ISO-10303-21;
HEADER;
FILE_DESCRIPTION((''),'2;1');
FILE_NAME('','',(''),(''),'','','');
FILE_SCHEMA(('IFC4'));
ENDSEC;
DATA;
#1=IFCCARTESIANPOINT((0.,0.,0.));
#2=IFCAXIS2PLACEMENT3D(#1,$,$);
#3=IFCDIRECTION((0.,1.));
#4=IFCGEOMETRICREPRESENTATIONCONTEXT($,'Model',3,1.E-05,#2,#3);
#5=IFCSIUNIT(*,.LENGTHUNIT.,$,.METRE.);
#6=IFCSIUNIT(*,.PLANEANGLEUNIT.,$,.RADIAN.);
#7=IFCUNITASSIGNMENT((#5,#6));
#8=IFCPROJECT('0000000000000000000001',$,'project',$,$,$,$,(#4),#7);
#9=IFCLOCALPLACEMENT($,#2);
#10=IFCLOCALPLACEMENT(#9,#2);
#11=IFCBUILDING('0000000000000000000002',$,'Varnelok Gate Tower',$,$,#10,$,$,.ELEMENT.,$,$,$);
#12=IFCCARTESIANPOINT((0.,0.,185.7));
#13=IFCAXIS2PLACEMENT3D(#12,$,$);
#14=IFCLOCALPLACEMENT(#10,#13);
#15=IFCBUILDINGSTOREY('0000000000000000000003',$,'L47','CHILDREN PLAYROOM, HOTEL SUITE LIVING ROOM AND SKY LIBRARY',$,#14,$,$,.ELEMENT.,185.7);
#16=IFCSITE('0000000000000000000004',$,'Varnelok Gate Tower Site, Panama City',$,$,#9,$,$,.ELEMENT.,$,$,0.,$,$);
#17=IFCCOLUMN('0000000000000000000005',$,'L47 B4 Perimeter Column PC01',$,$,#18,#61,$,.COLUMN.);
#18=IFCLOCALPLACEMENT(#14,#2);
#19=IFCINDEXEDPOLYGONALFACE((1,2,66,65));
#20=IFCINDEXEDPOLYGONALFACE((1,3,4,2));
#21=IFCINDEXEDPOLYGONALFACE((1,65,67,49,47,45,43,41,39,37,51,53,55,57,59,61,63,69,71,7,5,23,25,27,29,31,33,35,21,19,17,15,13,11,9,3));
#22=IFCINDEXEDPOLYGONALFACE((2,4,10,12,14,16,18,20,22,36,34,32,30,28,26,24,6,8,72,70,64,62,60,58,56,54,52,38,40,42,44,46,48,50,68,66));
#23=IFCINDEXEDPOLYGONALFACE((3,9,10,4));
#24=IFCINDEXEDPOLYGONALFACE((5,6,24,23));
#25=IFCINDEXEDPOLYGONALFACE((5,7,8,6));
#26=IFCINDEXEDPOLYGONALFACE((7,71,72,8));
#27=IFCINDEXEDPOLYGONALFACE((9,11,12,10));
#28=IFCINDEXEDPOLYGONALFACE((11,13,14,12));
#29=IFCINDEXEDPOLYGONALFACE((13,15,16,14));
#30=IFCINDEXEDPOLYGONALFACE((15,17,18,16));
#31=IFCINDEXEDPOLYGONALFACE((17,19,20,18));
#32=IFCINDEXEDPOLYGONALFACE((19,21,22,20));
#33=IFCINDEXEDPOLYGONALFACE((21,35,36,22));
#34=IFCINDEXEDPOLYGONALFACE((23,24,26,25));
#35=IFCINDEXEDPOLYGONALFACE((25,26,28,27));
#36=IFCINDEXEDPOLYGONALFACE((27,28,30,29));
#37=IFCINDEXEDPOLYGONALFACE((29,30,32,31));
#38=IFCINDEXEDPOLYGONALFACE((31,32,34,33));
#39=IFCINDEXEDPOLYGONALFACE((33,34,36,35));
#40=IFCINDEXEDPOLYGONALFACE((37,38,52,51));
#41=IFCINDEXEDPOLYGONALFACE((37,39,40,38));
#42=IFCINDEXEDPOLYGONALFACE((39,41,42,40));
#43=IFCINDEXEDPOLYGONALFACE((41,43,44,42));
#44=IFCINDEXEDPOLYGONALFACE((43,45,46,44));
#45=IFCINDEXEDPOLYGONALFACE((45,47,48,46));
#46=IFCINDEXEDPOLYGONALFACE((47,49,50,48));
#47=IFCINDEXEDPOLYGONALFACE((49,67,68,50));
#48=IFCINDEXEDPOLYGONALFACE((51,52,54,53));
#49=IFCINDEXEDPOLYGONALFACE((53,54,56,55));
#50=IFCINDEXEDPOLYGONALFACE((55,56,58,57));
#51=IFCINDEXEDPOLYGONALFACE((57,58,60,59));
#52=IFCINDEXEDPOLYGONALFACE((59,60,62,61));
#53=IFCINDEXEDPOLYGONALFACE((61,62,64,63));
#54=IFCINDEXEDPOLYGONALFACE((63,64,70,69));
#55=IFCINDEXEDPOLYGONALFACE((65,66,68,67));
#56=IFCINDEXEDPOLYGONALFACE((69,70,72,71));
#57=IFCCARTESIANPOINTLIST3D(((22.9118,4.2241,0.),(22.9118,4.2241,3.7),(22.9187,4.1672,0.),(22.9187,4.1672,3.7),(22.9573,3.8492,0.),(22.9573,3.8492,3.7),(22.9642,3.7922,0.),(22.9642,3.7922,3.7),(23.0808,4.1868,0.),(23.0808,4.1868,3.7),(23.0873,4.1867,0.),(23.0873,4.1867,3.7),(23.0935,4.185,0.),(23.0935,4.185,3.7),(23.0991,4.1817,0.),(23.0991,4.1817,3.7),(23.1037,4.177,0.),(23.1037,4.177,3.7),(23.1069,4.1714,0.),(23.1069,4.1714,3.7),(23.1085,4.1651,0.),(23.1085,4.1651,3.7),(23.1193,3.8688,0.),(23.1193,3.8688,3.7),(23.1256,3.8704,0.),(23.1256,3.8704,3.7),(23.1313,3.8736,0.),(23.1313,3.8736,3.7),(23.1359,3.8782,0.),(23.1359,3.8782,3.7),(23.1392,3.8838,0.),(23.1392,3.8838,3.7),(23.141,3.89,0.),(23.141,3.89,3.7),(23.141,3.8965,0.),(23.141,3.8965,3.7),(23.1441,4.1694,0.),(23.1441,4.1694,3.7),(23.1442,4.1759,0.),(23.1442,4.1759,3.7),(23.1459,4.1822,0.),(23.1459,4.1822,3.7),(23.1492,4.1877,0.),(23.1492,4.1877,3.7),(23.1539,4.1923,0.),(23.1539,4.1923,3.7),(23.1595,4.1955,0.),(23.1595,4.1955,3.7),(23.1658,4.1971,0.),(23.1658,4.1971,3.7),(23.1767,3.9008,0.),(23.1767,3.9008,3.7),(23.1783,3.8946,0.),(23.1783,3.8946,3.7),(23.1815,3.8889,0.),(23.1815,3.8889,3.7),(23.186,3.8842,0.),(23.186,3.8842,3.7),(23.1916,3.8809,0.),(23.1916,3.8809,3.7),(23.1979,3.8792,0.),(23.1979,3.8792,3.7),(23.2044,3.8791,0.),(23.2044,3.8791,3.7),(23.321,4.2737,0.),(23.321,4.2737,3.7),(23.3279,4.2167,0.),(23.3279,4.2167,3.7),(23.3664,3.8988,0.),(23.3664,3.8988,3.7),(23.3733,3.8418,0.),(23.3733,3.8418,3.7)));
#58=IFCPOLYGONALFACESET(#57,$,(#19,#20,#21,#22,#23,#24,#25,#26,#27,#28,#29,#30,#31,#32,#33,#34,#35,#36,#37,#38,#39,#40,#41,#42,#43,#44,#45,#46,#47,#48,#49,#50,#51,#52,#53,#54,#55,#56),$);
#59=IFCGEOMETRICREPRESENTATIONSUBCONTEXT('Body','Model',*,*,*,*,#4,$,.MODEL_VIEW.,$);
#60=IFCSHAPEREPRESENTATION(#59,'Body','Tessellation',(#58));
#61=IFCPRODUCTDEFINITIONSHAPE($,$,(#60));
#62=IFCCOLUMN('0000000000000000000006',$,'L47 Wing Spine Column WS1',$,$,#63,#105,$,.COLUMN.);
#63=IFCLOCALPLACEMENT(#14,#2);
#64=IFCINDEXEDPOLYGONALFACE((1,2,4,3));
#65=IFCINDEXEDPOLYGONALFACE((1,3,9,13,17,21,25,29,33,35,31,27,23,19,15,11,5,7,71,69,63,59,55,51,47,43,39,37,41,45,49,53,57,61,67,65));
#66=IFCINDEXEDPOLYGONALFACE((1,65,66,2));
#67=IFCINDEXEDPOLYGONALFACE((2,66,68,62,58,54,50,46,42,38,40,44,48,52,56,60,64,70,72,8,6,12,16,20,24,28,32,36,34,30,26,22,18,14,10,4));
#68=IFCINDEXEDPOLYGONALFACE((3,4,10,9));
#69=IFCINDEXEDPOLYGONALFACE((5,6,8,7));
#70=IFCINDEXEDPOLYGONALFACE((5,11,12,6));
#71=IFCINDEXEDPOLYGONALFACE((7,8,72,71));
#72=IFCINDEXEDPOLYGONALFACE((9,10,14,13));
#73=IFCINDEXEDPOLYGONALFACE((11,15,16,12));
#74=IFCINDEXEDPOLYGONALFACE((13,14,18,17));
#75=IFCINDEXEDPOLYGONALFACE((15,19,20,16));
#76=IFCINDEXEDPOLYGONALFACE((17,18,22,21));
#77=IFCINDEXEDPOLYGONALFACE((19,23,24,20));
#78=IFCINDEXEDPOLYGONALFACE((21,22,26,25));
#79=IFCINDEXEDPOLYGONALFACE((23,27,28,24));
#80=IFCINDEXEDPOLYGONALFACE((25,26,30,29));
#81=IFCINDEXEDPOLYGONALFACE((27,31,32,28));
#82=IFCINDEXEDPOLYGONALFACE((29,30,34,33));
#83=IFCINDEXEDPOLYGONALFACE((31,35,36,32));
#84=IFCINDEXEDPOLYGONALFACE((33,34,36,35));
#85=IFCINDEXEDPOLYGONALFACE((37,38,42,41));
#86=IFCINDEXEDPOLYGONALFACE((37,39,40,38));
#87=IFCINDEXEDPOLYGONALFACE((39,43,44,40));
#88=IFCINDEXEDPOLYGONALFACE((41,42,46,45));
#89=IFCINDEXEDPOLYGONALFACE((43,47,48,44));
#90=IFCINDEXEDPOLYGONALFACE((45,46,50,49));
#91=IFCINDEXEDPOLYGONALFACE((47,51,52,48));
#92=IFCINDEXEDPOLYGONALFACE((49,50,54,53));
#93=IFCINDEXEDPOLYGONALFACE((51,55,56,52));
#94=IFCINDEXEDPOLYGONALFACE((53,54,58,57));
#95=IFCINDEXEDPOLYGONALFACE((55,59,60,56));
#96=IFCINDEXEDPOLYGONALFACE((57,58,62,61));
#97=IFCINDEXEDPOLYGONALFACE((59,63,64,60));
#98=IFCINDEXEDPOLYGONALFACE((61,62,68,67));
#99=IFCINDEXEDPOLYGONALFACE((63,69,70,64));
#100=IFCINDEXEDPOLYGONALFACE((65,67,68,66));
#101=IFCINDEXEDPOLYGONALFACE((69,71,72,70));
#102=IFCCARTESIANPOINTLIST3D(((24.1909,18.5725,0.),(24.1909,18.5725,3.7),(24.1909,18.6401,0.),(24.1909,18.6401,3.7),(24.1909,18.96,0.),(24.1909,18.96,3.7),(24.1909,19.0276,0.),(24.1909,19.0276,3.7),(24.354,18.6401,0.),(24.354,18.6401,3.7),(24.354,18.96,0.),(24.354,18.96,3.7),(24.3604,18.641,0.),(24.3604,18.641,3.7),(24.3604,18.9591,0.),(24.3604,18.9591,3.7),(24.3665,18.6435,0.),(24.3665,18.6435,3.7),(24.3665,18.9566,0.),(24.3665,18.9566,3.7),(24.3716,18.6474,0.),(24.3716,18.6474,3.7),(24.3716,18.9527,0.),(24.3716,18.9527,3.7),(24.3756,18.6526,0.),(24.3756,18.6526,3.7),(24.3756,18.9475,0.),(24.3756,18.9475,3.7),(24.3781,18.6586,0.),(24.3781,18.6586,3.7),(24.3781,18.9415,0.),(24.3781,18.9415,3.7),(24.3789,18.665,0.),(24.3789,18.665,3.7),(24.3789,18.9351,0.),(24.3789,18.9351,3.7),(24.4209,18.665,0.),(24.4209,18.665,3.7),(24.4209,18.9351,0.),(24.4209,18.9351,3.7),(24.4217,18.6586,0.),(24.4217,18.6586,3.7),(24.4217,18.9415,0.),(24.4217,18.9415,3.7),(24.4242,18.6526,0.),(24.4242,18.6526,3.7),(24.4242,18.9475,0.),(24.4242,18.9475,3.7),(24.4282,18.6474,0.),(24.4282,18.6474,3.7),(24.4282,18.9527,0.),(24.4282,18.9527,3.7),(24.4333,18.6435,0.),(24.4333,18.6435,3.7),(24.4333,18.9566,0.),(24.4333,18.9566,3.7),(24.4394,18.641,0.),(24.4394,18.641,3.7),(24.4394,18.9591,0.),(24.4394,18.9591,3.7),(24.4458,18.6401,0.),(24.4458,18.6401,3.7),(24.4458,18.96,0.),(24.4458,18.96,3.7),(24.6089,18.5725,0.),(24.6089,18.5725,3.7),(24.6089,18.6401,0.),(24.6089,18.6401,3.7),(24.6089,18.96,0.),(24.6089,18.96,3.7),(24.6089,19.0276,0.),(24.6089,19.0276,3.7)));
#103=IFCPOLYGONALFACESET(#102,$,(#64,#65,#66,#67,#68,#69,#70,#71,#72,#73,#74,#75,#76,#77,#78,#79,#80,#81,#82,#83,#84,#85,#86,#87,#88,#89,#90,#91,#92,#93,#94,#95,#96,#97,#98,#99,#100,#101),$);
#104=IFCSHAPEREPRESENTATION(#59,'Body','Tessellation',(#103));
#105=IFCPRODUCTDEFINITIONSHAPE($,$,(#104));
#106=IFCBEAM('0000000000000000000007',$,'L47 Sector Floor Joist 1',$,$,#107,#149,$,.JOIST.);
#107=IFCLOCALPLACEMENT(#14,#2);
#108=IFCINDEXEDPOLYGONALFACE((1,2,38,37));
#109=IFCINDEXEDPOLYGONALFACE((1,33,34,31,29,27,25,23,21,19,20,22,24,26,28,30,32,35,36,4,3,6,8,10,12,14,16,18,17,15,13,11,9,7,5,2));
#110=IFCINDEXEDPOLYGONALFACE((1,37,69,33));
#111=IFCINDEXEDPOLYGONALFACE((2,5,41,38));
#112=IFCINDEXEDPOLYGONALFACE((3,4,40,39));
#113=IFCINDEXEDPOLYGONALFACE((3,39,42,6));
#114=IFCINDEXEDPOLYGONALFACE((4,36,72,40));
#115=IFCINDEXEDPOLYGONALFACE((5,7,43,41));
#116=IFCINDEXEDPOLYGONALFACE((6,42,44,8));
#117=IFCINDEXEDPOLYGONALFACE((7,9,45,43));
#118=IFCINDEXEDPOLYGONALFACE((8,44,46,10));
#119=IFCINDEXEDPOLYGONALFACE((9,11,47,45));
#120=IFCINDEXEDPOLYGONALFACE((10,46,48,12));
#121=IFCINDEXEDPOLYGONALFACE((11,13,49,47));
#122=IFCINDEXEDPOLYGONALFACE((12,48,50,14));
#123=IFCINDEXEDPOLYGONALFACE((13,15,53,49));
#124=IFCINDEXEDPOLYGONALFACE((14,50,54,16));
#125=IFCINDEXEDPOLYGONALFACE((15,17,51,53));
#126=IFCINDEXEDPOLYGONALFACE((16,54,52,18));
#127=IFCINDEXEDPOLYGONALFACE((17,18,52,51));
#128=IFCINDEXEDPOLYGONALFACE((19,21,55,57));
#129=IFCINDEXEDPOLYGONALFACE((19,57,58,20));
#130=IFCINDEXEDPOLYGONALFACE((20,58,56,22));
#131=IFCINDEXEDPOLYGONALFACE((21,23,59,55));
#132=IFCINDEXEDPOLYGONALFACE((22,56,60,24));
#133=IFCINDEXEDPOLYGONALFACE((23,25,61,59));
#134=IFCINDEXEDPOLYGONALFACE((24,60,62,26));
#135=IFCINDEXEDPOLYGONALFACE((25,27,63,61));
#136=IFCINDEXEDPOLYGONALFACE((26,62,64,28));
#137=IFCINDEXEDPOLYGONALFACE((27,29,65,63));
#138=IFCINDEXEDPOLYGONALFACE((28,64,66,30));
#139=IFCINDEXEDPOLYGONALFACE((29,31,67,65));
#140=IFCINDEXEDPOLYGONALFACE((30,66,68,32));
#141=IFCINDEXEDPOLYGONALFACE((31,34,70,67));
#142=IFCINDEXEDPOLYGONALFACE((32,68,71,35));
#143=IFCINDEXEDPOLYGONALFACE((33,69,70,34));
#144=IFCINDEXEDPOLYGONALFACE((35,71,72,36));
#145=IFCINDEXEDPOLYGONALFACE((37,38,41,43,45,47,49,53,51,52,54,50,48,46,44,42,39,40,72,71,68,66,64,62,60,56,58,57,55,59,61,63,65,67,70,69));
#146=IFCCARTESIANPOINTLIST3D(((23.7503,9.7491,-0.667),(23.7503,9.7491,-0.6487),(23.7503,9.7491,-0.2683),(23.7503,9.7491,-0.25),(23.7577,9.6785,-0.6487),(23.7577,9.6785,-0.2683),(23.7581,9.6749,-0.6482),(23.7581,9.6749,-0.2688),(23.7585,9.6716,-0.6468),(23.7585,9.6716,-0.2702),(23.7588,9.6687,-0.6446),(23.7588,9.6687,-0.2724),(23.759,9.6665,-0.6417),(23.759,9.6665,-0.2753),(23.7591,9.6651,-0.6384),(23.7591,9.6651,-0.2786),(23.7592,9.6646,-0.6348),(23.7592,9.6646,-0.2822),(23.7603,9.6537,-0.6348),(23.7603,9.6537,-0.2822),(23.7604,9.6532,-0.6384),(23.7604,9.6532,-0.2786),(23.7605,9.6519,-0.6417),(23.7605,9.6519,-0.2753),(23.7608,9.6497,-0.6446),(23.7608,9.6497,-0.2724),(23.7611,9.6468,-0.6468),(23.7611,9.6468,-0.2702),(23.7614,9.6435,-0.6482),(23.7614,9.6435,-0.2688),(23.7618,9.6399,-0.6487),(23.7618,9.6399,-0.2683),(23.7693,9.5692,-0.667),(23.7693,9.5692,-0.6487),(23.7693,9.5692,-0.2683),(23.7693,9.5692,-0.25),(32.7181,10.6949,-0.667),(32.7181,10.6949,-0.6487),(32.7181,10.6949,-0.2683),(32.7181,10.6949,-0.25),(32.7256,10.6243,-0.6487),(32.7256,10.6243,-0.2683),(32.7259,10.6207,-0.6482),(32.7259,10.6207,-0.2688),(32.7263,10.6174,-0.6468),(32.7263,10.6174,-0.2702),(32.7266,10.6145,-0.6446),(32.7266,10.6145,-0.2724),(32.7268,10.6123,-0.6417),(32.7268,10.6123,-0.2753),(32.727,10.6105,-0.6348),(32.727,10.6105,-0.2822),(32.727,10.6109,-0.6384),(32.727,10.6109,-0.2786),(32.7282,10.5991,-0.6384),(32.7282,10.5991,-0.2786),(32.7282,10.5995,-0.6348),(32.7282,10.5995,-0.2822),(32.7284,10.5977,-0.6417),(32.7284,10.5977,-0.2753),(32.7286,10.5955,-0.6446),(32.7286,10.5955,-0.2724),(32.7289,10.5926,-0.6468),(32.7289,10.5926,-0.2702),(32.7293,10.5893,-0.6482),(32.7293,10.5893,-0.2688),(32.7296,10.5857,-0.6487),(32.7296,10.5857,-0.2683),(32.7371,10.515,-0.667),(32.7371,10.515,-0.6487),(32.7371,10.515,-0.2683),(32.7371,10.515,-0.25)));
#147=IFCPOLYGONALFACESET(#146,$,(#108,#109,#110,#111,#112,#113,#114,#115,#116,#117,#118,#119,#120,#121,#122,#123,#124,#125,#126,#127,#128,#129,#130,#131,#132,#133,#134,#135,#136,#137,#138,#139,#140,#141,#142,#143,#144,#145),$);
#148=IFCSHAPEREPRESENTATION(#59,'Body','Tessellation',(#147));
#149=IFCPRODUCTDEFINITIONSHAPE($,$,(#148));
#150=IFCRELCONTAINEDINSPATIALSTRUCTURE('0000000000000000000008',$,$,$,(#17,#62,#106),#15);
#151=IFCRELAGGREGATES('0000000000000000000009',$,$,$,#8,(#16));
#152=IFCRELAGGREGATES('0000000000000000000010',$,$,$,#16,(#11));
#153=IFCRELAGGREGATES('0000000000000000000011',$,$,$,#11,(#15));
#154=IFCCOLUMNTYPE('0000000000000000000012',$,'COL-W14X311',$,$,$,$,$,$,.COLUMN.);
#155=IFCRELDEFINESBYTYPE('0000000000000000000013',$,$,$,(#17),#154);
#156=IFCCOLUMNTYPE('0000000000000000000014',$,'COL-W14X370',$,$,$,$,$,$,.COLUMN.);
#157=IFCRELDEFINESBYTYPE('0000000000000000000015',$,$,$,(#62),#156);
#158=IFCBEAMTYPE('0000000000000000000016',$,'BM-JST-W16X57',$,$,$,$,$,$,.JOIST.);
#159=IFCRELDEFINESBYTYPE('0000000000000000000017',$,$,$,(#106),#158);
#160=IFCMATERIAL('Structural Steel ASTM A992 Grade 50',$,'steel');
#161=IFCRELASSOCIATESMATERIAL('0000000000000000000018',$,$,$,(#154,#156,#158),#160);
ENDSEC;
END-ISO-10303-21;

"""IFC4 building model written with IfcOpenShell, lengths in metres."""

from ifc_helpers import new_model, si_unit, direction, frame, origin, origin_2d, place, context, subcontext, project, spatial, i_section, extrude, material, material_profile, profile_set, type_object, element, save


model = new_model("IFC4")

# Units and contexts
model_context = context("Model", 3, precision=1e-05, world=origin(), true_north=direction((0.0, 1.0)))
body_context = subcontext(model_context, "Body", "Model", "MODEL_VIEW")
ifc_project = project(units=[si_unit("LENGTHUNIT", "METRE"), si_unit("PLANEANGLEUNIT", "RADIAN")], contexts=[model_context])

# Site, building, storey
site_placement = place(None, origin())
site = spatial("IfcSite", under=ifc_project, at=site_placement, Name="Varnelok Gate Tower Site, Panama City", CompositionType="ELEMENT", RefElevation=0.0)
building_placement = place(site_placement, origin())
building = spatial("IfcBuilding", under=site, at=building_placement, Name="Varnelok Gate Tower", CompositionType="ELEMENT")
storey_placement = place(building_placement, frame((0.0, 0.0, 185.7)))
storey = spatial("IfcBuildingStorey", under=building, at=storey_placement, Name="L47", Description="CHILDREN PLAYROOM, HOTEL SUITE LIVING ROOM AND SKY LIBRARY", CompositionType="ELEMENT", Elevation=185.7)

# Columns
ifc_material_1 = material(Name="Structural Steel ASTM A992 Grade 50", Category="steel")
ifc_material_profile_1 = material_profile(ifc_material_1, i_section(OverallWidth=0.4121, OverallDepth=0.4351, WebThickness=0.0359, FlangeThickness=0.0574, FilletRadius=0.0249, at=origin_2d()), Name="W14X311")
ifc_profile_set_1 = profile_set([ifc_material_profile_1], Name="Structural Steel ASTM A992 Grade 50")
column_type_1 = type_object("IfcColumnType", Name="COL-W14X311", PredefinedType="COLUMN", material=ifc_profile_set_1)
column_1_placement = place(storey_placement, frame((23.1426, 4.033, 0.0), z_axis=(0.0, 0.0, 1.0), x_axis=(0.992732, 0.120345, 0.0)))
element("IfcColumn", 1, at=column_1_placement, inside=storey, type_object=column_type_1, Name="L47 B4 Perimeter Column PC01", PredefinedType="COLUMN", context=body_context, shape_type="SweptSolid", body=[
    extrude(i_section(OverallWidth=0.4121, OverallDepth=0.4351, WebThickness=0.0359, FlangeThickness=0.0574, FilletRadius=0.0249, at=origin_2d()), origin(), (0.0, 0.0, 1.0), 3.7),
])
ifc_material_profile_2 = material_profile(ifc_material_1, i_section(OverallWidth=0.418, OverallDepth=0.4551, WebThickness=0.042, FlangeThickness=0.0676, FilletRadius=0.0249, at=origin_2d()), Name="W14X370")
ifc_profile_set_2 = profile_set([ifc_material_profile_2], Name="Structural Steel ASTM A992 Grade 50")
column_type_2 = type_object("IfcColumnType", Name="COL-W14X370", PredefinedType="COLUMN", material=ifc_profile_set_2)
column_2_placement = place(storey_placement, frame((24.3999, 18.8, 0.0), z_axis=(0.0, 0.0, 1.0), x_axis=(1.0, 0.0, 0.0)))
element("IfcColumn", 2, at=column_2_placement, inside=storey, type_object=column_type_2, Name="L47 Wing Spine Column WS1", PredefinedType="COLUMN", context=body_context, shape_type="SweptSolid", body=[
    extrude(i_section(OverallWidth=0.418, OverallDepth=0.4551, WebThickness=0.042, FlangeThickness=0.0676, FilletRadius=0.0249, at=origin_2d()), origin(), (0.0, 0.0, 1.0), 3.7),
])

# Beam
ifc_material_profile_3 = material_profile(ifc_material_1, i_section(OverallWidth=0.1809, OverallDepth=0.417, WebThickness=0.011, FlangeThickness=0.0183, FilletRadius=0.0139, at=origin_2d()), Name="W16X57")
ifc_profile_set_3 = profile_set([ifc_material_profile_3], Name="Structural Steel ASTM A992 Grade 50")
beam_type_1 = type_object("IfcBeamType", Name="BM-JST-W16X57", PredefinedType="JOIST", material=ifc_profile_set_3)
beam_1_placement = place(storey_placement, frame((23.7598, 9.6592, -0.4585), z_axis=(0.994484, 0.104885, 0.0), x_axis=(-0.104885, 0.994484, 0.0)))
element("IfcBeam", 3, at=beam_1_placement, inside=storey, type_object=beam_type_1, Name="L47 Sector Floor Joist 1", PredefinedType="JOIST", context=body_context, shape_type="SweptSolid", body=[
    extrude(i_section(OverallWidth=0.1809, OverallDepth=0.417, WebThickness=0.011, FlangeThickness=0.0183, FilletRadius=0.0139, at=origin_2d()), origin(), (0.0, 0.0, 1.0), 9.0176),
])

save(model, "model.ifc")
